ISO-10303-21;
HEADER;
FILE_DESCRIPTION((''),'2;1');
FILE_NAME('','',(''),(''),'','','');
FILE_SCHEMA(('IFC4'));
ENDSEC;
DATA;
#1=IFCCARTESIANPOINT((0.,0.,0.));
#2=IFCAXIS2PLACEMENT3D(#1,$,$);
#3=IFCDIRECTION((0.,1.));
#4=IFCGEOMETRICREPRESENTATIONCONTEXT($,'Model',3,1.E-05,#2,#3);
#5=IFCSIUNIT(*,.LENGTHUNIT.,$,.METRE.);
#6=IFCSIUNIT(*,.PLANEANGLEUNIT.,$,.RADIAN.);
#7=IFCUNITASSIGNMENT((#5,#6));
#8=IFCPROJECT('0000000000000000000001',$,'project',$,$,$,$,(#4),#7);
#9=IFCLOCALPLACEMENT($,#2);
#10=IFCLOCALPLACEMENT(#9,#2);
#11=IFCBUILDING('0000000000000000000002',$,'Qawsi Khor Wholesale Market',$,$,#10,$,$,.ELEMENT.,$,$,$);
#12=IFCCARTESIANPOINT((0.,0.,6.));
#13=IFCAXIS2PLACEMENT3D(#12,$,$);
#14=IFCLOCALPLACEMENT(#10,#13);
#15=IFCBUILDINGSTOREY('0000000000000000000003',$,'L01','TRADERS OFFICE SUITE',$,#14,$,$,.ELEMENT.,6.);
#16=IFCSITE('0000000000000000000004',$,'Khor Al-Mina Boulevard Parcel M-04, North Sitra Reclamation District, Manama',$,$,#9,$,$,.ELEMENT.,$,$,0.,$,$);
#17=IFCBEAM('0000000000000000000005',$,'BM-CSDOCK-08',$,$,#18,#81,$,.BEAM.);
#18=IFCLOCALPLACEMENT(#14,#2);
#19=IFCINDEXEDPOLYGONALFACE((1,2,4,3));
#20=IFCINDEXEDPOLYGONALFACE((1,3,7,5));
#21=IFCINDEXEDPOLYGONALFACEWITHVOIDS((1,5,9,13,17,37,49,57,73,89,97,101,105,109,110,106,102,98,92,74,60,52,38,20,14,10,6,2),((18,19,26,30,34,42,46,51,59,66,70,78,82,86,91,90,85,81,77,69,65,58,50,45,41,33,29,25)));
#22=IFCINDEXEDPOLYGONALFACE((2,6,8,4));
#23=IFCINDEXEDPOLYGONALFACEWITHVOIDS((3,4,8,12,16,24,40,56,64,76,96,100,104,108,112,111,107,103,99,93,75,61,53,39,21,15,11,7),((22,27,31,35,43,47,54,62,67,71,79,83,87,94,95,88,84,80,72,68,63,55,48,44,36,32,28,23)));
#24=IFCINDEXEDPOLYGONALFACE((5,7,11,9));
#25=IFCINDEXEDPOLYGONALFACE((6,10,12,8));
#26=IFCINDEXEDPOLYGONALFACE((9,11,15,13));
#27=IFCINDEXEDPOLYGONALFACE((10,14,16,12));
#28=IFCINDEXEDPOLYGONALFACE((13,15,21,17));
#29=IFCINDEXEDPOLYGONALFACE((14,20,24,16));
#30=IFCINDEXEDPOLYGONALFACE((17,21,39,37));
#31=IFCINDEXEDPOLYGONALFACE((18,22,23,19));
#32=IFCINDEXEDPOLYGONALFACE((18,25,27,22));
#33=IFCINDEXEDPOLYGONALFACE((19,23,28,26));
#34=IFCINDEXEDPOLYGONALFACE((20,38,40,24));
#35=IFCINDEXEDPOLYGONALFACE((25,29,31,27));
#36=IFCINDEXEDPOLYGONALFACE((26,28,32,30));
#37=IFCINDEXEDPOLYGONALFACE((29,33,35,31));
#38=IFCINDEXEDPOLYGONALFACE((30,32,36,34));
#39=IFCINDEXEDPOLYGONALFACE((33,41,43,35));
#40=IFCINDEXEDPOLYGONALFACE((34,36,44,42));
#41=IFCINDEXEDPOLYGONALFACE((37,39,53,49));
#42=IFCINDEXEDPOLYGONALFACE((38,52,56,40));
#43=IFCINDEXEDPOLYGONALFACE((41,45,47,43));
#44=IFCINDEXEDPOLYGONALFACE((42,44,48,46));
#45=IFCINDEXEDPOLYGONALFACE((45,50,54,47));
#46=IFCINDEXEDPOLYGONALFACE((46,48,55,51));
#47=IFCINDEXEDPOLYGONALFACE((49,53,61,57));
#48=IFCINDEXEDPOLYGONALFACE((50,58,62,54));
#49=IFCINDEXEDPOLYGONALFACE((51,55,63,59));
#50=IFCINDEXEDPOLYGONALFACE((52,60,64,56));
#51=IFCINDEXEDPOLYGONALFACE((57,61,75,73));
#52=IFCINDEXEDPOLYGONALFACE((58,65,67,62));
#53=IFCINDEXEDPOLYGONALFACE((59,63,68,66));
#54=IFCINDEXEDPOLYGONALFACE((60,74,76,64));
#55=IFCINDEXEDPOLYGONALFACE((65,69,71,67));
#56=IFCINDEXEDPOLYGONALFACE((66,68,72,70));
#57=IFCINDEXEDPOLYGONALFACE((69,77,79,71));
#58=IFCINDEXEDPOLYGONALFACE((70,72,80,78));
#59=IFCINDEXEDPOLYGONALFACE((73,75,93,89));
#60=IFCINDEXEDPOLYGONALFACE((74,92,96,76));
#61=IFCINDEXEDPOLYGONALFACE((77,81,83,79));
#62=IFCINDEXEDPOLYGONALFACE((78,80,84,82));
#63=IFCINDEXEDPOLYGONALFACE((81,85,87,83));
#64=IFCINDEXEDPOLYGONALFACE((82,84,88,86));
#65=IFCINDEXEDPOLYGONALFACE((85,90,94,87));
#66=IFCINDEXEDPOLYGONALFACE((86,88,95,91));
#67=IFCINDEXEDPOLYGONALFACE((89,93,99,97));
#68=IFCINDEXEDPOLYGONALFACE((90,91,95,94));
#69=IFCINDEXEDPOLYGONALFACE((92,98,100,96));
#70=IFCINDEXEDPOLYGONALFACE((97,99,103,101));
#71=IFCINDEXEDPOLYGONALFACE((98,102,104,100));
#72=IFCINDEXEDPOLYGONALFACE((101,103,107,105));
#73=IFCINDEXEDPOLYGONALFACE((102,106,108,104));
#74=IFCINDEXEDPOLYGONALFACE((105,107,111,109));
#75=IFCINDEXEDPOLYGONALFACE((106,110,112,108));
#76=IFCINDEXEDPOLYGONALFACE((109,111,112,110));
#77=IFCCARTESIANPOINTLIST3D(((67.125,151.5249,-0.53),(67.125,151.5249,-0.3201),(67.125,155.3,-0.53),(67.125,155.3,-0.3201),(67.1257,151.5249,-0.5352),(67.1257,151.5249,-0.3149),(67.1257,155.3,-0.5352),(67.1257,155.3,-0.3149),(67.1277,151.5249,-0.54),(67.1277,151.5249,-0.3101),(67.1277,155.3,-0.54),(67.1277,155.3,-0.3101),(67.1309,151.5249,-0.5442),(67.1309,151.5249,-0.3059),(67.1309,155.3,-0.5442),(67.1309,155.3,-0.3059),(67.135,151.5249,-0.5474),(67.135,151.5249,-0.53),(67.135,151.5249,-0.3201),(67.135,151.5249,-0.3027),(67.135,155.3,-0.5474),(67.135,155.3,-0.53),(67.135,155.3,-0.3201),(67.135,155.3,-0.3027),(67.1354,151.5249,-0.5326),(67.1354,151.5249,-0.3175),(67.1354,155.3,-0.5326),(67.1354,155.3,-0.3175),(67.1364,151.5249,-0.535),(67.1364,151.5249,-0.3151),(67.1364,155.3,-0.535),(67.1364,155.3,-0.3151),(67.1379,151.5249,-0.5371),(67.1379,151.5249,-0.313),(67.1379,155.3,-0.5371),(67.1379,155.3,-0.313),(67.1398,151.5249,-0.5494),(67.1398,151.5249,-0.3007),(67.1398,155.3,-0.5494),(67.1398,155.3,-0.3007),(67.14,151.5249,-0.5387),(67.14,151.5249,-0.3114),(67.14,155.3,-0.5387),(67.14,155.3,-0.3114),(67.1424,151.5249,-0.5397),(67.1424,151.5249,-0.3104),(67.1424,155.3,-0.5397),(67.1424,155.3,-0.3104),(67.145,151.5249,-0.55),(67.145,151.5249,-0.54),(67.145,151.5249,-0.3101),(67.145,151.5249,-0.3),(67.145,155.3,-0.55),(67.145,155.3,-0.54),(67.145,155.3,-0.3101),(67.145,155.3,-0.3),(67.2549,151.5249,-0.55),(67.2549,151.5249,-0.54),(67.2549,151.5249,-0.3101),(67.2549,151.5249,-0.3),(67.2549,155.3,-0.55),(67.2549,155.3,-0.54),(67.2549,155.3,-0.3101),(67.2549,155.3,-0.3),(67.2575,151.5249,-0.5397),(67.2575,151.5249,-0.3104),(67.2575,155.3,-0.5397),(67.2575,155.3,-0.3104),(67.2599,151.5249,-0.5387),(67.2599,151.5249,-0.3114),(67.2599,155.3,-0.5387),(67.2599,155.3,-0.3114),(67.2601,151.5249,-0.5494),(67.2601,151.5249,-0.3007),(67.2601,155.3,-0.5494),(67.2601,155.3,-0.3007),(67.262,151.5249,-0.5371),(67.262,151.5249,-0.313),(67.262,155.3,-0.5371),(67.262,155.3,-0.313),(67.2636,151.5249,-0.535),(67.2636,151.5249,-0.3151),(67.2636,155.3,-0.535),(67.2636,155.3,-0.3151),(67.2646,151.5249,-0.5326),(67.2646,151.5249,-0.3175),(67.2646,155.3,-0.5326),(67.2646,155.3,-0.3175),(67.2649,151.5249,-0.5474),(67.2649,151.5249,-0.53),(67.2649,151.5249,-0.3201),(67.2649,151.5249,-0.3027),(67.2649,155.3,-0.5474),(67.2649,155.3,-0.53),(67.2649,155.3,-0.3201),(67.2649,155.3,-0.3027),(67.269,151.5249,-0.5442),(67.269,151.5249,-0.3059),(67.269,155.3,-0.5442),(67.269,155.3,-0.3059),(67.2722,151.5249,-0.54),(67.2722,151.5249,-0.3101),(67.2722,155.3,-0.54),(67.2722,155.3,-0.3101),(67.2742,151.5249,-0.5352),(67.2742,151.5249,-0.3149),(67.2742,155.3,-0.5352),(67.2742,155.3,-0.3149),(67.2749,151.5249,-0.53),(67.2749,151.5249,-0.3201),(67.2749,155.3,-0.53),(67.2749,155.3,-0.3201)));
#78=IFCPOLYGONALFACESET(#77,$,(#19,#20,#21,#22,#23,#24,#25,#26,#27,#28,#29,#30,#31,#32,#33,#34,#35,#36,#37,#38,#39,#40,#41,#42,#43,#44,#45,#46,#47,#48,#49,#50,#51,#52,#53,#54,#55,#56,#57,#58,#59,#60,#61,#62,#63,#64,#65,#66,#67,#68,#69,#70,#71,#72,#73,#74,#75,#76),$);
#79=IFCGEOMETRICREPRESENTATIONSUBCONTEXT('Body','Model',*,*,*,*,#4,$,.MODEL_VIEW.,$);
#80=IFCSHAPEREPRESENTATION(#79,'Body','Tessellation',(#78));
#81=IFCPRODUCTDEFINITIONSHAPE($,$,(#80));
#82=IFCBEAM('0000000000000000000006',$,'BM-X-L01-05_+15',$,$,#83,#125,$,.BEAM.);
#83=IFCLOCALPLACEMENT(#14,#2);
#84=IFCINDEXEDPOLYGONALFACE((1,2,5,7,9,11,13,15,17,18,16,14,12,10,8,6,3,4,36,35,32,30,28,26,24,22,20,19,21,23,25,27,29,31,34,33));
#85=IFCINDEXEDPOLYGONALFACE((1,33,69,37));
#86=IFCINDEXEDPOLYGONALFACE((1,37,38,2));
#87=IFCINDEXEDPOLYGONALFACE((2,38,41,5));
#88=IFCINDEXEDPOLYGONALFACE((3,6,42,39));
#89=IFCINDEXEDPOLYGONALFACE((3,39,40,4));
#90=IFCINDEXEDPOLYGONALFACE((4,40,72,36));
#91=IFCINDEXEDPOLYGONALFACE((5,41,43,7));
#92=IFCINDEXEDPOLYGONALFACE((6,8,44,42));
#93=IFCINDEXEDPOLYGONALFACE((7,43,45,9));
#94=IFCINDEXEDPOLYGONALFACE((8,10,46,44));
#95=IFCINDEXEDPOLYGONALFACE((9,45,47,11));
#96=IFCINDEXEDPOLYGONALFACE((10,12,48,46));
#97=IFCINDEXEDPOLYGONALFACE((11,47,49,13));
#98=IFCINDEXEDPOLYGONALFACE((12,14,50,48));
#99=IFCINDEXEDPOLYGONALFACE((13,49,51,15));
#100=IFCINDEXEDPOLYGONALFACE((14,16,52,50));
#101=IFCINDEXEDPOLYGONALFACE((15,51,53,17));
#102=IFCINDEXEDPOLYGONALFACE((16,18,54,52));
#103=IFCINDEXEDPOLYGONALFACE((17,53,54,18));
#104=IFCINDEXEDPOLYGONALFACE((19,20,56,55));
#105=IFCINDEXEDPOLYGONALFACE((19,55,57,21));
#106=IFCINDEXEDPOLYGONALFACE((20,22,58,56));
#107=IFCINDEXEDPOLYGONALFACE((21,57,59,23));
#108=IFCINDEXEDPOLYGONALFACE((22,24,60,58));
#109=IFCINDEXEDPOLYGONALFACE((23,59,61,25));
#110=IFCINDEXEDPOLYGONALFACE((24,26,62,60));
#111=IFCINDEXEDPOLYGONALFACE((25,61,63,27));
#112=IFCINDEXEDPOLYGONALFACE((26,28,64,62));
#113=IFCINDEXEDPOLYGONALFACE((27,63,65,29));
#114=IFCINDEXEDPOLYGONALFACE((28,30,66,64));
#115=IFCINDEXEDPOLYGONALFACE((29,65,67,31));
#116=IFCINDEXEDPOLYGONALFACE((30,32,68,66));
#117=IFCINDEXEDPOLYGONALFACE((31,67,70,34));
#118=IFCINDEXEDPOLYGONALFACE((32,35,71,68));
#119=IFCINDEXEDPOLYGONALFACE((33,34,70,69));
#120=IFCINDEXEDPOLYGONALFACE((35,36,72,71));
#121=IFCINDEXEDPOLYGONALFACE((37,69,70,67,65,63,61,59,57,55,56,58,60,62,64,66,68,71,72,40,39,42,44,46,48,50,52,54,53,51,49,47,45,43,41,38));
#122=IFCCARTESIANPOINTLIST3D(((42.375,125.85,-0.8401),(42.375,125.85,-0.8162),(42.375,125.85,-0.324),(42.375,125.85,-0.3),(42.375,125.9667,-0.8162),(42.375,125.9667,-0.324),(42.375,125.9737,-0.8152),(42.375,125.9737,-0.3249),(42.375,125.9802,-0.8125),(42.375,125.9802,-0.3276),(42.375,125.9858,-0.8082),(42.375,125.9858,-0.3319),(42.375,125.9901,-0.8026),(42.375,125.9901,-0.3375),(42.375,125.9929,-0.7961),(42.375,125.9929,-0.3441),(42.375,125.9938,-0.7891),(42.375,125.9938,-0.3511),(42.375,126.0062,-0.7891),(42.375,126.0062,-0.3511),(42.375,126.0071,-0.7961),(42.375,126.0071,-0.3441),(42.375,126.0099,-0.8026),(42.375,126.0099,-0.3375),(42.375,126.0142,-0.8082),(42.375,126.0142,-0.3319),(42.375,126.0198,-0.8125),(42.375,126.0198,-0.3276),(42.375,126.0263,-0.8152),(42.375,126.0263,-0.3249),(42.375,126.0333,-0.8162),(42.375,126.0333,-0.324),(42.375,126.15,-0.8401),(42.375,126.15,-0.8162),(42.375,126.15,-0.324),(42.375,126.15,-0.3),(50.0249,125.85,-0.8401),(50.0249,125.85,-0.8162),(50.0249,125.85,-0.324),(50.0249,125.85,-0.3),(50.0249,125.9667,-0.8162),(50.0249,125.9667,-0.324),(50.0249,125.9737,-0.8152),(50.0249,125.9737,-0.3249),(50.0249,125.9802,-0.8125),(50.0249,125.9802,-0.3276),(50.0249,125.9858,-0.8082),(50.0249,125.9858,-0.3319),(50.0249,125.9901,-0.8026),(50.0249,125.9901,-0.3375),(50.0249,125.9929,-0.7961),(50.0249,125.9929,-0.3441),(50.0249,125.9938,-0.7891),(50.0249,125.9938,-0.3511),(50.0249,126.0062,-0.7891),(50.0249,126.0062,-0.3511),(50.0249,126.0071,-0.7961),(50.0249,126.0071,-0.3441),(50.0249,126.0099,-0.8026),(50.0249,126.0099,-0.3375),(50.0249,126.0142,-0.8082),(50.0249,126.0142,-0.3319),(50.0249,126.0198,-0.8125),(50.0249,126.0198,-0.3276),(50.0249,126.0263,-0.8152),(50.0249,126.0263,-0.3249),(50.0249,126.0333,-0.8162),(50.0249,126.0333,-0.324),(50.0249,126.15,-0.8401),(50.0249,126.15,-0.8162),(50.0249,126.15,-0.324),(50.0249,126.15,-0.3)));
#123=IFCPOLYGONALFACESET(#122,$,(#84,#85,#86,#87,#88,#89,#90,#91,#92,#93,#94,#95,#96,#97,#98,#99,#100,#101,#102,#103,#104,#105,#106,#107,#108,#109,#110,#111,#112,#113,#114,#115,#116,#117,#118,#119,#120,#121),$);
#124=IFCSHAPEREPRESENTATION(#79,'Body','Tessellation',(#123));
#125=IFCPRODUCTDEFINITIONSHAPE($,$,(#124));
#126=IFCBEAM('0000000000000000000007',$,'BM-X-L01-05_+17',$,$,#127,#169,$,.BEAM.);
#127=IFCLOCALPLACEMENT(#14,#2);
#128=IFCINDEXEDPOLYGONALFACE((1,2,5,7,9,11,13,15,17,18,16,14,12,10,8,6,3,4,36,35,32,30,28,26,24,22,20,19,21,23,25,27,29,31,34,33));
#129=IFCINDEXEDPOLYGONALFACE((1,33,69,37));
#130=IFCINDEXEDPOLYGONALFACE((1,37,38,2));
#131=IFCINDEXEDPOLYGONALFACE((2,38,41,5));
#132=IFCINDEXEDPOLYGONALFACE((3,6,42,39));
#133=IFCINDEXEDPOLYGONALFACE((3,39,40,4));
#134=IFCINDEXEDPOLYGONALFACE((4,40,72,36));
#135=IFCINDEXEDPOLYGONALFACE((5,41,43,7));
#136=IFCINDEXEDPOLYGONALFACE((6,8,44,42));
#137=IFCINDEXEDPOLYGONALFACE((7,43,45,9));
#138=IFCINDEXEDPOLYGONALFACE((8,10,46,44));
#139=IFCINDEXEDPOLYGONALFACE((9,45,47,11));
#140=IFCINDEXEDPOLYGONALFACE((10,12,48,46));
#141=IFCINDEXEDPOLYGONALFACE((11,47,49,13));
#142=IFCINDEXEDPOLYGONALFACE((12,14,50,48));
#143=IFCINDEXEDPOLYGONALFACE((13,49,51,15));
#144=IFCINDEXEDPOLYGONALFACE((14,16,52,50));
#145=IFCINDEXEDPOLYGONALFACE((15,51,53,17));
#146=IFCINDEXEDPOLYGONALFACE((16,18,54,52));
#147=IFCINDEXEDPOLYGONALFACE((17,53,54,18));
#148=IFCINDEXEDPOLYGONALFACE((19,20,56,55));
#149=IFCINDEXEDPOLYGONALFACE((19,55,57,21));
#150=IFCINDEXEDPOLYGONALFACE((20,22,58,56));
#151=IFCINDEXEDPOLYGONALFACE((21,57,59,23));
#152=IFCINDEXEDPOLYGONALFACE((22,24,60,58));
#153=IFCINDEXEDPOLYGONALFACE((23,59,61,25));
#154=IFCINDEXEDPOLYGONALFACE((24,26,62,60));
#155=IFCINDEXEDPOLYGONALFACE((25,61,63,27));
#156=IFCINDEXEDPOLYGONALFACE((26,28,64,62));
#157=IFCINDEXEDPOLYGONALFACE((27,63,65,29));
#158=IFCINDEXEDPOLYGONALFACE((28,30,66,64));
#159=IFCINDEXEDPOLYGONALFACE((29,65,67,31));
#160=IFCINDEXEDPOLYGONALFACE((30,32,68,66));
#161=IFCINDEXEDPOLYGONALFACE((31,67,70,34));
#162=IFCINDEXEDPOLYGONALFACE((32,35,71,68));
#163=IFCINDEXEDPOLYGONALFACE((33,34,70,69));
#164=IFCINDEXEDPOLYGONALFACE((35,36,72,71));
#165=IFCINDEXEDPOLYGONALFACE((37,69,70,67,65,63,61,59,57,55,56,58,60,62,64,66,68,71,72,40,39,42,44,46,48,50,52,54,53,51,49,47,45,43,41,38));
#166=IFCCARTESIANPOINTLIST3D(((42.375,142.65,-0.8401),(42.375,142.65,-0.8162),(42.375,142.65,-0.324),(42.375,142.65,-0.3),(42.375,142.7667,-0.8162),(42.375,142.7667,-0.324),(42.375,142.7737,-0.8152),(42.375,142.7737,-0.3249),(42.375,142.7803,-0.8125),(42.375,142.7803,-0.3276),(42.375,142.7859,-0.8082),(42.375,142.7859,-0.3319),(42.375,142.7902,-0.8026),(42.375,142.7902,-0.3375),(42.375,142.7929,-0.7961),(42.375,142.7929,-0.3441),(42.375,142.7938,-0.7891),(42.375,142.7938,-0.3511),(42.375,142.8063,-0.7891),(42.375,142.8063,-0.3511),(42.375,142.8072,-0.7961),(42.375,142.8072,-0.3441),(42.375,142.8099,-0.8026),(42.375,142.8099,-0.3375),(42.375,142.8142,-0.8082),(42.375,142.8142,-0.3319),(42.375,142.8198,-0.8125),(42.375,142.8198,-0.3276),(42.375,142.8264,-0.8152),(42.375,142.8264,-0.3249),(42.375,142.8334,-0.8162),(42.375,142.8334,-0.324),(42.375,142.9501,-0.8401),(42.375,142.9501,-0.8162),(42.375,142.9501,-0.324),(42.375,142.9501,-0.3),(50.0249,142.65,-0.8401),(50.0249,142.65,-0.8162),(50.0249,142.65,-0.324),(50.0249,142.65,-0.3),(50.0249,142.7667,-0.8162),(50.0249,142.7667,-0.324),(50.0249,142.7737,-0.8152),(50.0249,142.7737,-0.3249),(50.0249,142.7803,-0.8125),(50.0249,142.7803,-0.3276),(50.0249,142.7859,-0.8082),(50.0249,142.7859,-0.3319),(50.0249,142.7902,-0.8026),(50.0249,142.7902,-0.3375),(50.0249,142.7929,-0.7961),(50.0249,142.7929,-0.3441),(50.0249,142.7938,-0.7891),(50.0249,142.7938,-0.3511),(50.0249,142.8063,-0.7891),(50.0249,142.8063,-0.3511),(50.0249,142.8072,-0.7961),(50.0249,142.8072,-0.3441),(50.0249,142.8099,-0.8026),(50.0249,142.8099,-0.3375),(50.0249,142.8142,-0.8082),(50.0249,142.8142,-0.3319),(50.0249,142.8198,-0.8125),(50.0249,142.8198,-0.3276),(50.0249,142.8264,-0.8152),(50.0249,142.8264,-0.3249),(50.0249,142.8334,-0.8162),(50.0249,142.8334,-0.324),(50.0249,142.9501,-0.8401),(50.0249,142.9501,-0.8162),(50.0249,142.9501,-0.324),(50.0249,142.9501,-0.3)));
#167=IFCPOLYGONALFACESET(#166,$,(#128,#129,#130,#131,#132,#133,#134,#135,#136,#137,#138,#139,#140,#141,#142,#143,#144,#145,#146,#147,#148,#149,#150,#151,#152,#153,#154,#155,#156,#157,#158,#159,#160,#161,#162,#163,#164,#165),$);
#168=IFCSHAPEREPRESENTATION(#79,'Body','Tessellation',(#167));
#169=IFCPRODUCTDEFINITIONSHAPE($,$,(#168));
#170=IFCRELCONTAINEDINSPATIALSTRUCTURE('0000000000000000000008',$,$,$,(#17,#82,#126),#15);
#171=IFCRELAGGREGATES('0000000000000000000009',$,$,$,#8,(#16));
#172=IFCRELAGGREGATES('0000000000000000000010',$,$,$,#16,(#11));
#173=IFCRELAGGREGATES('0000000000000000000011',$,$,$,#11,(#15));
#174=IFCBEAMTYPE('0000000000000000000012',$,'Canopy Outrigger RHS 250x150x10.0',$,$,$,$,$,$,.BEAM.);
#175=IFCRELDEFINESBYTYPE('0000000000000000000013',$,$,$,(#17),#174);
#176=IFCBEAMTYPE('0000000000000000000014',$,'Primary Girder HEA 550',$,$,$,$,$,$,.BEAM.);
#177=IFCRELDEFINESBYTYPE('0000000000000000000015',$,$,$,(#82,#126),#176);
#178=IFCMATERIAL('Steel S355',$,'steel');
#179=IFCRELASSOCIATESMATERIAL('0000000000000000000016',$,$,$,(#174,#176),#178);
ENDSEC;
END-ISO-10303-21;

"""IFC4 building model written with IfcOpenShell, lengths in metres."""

from ifc_helpers import new_model, si_unit, direction, frame, origin, origin_2d, place, context, subcontext, project, spatial, hollow_rectangle, i_section, extrude, material, material_profile, profile_set, type_object, element, save


model = new_model("IFC4")

# Units and contexts
model_context = context("Model", 3, precision=1e-05, world=origin(), true_north=direction((0.0, 1.0)))
body_context = subcontext(model_context, "Body", "Model", "MODEL_VIEW")
ifc_project = project(units=[si_unit("LENGTHUNIT", "METRE"), si_unit("PLANEANGLEUNIT", "RADIAN")], contexts=[model_context])

# Site, building, storey
site_placement = place(None, origin())
site = spatial("IfcSite", under=ifc_project, at=site_placement, Name="Khor Al-Mina Boulevard Parcel M-04, North Sitra Reclamation District, Manama", CompositionType="ELEMENT", RefElevation=0.0)
building_placement = place(site_placement, origin())
building = spatial("IfcBuilding", under=site, at=building_placement, Name="Qawsi Khor Wholesale Market", CompositionType="ELEMENT")
storey_placement = place(building_placement, frame((0.0, 0.0, 6.0)))
storey = spatial("IfcBuildingStorey", under=building, at=storey_placement, Name="L01", Description="TRADERS OFFICE SUITE", CompositionType="ELEMENT", Elevation=6.0)

# Beams
ifc_material_1 = material(Name="Steel S355", Category="steel")
ifc_material_profile_1 = material_profile(ifc_material_1, hollow_rectangle(XDim=0.1499, YDim=0.25, WallThickness=0.01, InnerFilletRadius=0.01, OuterFilletRadius=0.02, at=origin_2d()), Name="RHS 250x150x10.0")
ifc_profile_set_1 = profile_set([ifc_material_profile_1], Name="Steel S355")
beam_type_1 = type_object("IfcBeamType", Name="Canopy Outrigger RHS 250x150x10.0", PredefinedType="BEAM", material=ifc_profile_set_1)
for number, where, z_axis, x_axis, name in (
    (1, (67.2, 151.5249, -0.425), (0.0, 1.0, 0.0), (-1.0, 0.0, 0.0), "BM-CSDOCK-08"),
):
    element("IfcBeam", number, at=place(storey_placement, frame(where, z_axis=z_axis, x_axis=x_axis)), inside=storey, type_object=beam_type_1, Name=name, PredefinedType="BEAM", context=body_context, shape_type="SweptSolid", body=[
        extrude(hollow_rectangle(XDim=0.1499, YDim=0.25, WallThickness=0.01, InnerFilletRadius=0.01, OuterFilletRadius=0.02, at=origin_2d()), origin(), (0.0, 0.0, 1.0), 3.7751),
    ])
ifc_material_profile_2 = material_profile(ifc_material_1, i_section(OverallWidth=0.3, OverallDepth=0.54, WebThickness=0.0125, FlangeThickness=0.0239, FilletRadius=0.0271, at=origin_2d()), Name="HEA 550")
ifc_profile_set_2 = profile_set([ifc_material_profile_2], Name="Steel S355")
beam_type_2 = type_object("IfcBeamType", Name="Primary Girder HEA 550", PredefinedType="BEAM", material=ifc_profile_set_2)
for number, where, z_axis, x_axis, name in (
    (2, (42.375, 126.0, -0.5701), (1.0, 0.0, 0.0), (0.0, 1.0, 0.0), "BM-X-L01-05_+15"),
    (3, (42.375, 142.8, -0.5701), (1.0, 0.0, 0.0), (0.0, 1.0, 0.0), "BM-X-L01-05_+17"),
):
    element("IfcBeam", number, at=place(storey_placement, frame(where, z_axis=z_axis, x_axis=x_axis)), inside=storey, type_object=beam_type_2, Name=name, PredefinedType="BEAM", context=body_context, shape_type="SweptSolid", body=[
        extrude(i_section(OverallWidth=0.3, OverallDepth=0.54, WebThickness=0.0125, FlangeThickness=0.0239, FilletRadius=0.0271, at=origin_2d()), origin(), (0.0, 0.0, 1.0), 7.6499),
    ])

save(model, "model.ifc")
